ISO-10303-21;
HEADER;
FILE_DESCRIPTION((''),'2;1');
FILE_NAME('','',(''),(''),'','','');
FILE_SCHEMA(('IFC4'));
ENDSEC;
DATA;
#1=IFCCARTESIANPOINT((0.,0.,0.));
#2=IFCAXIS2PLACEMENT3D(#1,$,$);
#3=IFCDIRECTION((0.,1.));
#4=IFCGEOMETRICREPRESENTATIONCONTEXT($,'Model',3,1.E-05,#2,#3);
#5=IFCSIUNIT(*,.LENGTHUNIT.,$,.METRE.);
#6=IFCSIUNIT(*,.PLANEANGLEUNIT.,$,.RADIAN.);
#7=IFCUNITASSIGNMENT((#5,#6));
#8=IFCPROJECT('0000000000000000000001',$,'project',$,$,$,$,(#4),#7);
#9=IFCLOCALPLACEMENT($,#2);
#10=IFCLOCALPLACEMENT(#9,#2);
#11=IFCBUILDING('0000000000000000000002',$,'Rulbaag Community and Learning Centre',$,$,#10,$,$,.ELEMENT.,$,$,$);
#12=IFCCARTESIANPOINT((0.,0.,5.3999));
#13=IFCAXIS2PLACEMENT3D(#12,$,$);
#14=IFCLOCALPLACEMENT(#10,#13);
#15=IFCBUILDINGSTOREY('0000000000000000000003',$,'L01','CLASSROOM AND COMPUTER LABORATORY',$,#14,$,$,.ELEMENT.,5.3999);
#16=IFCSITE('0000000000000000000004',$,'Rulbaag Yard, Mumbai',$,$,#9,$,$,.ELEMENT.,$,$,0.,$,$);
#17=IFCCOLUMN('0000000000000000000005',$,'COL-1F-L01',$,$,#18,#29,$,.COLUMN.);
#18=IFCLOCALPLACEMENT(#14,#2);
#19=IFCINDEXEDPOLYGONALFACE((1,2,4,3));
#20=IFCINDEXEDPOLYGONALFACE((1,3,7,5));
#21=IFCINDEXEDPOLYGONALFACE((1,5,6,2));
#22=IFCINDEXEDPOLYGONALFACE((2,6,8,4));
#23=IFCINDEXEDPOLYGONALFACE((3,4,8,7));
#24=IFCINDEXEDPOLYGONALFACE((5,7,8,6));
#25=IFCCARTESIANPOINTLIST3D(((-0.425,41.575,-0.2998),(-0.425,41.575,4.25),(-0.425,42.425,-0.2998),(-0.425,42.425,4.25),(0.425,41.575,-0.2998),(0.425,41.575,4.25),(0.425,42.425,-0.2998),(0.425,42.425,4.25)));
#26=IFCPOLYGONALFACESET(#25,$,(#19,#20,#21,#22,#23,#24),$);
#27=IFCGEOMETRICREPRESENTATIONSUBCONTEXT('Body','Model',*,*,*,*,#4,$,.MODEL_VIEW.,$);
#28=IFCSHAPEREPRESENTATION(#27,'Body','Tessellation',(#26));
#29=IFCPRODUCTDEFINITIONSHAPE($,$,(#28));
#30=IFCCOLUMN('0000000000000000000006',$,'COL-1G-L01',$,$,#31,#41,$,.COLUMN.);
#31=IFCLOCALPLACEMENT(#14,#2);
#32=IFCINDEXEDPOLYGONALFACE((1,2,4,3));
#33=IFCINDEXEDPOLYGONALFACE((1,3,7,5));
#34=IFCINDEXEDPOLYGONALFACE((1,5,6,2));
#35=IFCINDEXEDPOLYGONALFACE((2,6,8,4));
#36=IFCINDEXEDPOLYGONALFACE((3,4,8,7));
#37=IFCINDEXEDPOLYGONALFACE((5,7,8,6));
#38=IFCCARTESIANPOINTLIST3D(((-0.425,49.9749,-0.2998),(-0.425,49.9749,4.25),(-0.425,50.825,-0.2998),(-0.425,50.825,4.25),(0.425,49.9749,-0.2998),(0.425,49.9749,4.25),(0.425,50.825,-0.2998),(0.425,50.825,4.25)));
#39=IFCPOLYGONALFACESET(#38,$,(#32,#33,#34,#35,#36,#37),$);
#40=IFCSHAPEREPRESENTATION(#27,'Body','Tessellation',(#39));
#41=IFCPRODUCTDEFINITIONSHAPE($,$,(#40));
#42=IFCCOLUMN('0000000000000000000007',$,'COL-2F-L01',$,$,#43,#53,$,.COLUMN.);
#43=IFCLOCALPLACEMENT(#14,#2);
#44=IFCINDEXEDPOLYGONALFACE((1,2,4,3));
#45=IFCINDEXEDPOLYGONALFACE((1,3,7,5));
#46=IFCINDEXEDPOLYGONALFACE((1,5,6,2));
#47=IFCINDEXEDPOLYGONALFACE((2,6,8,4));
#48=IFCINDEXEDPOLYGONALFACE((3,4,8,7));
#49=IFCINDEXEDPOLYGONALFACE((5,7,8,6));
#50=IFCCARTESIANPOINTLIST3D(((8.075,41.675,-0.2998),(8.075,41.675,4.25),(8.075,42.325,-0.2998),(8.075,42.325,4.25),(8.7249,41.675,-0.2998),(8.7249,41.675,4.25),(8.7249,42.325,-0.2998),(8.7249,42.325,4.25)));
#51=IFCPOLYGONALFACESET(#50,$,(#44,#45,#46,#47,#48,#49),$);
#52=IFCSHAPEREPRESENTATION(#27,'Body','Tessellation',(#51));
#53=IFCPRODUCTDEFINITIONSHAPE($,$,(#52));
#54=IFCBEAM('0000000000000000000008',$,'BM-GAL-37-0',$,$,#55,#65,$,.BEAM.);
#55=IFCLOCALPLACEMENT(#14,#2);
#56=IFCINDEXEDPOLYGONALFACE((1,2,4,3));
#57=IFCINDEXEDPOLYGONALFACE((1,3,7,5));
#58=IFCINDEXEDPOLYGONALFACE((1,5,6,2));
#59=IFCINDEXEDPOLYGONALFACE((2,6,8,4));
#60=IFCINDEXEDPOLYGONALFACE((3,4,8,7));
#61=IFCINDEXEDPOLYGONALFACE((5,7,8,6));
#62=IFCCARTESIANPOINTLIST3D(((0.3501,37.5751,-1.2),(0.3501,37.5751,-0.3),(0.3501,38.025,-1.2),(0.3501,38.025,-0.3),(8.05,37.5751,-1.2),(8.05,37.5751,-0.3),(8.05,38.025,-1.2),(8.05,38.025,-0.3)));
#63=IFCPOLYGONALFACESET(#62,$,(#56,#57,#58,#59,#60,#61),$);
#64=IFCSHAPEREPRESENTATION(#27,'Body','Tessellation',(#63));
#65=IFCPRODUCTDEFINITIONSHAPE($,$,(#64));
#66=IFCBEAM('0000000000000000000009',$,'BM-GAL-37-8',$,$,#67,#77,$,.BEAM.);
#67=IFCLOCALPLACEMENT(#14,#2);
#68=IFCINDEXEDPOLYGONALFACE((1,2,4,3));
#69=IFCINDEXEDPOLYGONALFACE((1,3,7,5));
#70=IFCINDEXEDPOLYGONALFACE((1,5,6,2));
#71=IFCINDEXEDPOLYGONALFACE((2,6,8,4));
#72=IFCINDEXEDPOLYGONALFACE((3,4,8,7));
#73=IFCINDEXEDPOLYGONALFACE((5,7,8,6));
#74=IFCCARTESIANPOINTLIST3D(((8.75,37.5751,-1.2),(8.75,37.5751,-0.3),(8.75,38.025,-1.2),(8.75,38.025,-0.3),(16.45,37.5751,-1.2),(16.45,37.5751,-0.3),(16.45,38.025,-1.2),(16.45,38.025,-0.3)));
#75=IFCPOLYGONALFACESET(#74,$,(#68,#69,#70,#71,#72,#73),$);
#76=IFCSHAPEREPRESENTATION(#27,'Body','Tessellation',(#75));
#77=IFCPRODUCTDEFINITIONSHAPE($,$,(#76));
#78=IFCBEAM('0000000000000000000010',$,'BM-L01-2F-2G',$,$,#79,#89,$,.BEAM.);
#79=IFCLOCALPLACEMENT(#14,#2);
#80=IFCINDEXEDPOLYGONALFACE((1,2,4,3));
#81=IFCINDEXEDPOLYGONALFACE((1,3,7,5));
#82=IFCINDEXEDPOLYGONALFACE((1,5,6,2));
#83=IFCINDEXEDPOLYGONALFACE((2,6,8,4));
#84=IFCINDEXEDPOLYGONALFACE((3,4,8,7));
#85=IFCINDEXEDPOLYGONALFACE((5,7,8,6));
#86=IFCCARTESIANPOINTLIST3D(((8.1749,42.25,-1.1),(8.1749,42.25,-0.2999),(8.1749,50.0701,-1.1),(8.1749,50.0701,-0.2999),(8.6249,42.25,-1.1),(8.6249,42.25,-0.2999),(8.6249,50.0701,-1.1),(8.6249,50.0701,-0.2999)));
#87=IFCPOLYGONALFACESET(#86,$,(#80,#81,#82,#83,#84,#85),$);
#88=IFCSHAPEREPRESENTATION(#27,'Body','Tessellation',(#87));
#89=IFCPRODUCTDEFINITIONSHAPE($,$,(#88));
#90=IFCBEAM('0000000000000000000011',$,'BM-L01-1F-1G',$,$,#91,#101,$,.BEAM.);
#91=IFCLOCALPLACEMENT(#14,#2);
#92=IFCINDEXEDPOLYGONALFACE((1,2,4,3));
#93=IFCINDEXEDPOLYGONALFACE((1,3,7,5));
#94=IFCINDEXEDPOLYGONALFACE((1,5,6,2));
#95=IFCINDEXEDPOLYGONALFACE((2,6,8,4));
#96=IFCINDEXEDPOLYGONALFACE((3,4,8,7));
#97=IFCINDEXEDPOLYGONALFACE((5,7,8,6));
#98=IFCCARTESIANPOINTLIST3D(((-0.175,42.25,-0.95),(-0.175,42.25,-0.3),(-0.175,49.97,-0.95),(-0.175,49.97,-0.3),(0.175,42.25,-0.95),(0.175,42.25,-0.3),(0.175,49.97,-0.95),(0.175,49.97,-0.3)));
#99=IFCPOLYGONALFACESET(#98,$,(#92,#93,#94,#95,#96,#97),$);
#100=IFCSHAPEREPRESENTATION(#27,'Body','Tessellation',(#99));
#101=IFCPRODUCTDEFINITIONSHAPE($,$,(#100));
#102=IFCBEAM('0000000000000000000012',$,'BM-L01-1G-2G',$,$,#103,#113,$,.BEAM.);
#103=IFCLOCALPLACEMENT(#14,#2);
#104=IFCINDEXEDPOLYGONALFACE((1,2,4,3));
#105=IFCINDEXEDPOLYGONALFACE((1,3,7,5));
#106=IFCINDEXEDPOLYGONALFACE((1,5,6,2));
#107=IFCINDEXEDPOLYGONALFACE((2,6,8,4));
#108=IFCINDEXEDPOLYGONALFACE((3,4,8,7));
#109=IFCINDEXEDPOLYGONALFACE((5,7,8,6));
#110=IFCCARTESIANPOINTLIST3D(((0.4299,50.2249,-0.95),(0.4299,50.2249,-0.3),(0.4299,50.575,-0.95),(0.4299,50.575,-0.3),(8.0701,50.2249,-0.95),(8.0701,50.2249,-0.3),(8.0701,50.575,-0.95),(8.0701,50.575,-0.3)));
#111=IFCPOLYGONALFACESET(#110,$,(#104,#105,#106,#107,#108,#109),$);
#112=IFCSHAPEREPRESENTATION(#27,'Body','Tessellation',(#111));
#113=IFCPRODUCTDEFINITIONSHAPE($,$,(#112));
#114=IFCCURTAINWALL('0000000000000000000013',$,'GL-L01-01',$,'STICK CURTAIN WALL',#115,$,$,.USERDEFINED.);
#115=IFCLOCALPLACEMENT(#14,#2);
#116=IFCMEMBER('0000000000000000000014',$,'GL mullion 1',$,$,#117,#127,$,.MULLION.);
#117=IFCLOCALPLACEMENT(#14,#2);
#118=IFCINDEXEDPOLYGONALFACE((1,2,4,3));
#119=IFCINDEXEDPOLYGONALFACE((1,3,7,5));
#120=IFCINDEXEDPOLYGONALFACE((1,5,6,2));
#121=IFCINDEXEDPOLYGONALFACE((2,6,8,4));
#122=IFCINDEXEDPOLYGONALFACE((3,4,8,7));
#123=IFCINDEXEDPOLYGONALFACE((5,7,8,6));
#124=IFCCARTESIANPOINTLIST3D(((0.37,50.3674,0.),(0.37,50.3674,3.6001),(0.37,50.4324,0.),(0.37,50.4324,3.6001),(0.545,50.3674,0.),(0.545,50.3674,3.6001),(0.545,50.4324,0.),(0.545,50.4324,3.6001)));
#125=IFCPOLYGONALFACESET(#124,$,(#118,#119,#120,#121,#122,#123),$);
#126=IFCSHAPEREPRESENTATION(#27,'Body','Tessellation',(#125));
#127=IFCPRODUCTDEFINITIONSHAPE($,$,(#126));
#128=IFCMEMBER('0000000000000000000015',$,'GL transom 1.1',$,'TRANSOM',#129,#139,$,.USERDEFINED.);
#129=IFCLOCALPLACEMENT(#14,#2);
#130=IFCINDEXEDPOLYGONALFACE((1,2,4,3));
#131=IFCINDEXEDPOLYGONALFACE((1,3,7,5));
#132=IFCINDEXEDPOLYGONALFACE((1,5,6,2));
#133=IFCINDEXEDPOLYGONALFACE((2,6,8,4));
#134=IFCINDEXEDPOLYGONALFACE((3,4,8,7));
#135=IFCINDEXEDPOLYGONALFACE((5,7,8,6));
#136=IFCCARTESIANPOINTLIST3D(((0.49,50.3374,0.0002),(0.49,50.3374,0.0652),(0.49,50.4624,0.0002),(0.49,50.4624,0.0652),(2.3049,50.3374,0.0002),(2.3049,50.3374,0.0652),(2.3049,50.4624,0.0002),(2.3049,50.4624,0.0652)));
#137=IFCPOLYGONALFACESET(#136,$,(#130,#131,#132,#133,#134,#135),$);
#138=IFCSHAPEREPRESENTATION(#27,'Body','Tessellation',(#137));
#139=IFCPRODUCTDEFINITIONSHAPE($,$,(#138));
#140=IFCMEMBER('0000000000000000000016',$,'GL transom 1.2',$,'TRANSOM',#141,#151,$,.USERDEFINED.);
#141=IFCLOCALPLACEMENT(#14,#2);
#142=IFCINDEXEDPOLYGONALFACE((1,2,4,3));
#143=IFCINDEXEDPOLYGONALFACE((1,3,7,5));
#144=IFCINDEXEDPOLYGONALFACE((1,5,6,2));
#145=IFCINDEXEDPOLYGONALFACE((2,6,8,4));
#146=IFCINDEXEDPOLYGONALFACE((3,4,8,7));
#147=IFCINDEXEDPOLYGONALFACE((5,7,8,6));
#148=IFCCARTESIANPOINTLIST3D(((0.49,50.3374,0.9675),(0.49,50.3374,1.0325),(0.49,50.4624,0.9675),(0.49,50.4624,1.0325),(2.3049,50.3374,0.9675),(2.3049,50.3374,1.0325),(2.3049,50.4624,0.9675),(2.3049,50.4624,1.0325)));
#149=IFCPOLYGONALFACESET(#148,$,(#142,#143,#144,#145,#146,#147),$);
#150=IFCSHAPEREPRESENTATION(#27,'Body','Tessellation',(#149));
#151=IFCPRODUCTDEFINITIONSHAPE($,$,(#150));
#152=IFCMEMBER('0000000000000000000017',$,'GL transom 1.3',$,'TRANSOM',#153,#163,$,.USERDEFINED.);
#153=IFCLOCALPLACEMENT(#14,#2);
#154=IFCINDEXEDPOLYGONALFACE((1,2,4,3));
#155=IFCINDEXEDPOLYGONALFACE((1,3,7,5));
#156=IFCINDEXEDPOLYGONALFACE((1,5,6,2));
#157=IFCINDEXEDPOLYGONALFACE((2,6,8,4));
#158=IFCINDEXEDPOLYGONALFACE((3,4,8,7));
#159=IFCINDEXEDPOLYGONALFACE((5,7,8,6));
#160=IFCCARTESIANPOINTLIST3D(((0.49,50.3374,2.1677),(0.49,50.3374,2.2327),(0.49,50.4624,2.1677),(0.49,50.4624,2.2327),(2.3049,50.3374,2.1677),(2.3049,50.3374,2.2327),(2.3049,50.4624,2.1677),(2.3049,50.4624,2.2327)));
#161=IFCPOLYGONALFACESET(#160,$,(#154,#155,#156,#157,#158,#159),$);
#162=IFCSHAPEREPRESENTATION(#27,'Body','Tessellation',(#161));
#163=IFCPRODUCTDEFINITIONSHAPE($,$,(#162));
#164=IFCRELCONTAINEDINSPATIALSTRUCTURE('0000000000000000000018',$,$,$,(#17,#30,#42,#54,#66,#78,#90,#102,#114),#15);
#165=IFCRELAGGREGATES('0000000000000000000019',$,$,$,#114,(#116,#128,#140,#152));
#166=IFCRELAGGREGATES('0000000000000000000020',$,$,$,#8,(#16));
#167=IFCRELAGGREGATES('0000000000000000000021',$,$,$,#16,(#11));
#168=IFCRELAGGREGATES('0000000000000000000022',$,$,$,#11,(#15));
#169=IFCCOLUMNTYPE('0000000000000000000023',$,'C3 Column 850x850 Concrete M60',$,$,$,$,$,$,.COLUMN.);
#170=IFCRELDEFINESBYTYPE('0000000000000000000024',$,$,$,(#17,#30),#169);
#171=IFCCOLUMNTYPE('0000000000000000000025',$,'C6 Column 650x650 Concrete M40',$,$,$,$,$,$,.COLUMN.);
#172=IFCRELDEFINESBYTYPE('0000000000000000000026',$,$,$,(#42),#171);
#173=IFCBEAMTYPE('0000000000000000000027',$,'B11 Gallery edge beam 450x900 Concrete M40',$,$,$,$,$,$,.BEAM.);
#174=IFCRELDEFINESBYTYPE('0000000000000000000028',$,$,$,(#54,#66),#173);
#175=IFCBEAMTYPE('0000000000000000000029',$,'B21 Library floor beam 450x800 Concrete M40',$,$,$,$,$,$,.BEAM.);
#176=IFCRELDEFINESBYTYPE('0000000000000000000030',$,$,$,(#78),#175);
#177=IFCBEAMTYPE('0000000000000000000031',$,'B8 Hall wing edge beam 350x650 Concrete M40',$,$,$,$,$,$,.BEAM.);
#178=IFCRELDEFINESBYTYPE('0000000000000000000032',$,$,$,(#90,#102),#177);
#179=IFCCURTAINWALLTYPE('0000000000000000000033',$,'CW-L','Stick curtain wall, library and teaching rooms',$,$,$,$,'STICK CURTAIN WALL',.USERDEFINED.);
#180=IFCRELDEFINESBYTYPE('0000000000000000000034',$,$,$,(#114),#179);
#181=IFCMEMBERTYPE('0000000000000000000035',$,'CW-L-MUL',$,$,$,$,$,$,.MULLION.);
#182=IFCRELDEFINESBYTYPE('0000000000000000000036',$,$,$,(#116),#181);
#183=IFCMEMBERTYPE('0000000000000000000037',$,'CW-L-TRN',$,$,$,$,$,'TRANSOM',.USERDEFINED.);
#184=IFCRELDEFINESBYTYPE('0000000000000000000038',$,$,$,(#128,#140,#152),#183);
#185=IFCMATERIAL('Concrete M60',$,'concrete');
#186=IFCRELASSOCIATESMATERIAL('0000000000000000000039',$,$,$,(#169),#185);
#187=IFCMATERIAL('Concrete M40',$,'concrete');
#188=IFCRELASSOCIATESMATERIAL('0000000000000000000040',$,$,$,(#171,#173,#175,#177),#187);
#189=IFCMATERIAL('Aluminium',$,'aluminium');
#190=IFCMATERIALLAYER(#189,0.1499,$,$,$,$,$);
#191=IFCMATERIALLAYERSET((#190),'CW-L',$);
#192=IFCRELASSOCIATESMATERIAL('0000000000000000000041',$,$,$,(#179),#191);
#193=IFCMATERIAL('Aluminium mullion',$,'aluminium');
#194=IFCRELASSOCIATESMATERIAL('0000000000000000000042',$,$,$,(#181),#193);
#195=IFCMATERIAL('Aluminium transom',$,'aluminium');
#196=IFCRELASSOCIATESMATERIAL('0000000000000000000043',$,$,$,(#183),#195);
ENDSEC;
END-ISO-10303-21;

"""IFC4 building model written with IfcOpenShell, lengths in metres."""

from ifc_helpers import new_model, si_unit, direction, frame, origin, origin_2d, place, context, subcontext, project, spatial, rectangle, extrude, material, layer, layer_set, material_profile, profile_set, type_object, element, aggregate, save


model = new_model("IFC4")

# Units and contexts
model_context = context("Model", 3, precision=1e-05, world=origin(), true_north=direction((0.0, 1.0)))
body_context = subcontext(model_context, "Body", "Model", "MODEL_VIEW")
ifc_project = project(units=[si_unit("LENGTHUNIT", "METRE"), si_unit("PLANEANGLEUNIT", "RADIAN")], contexts=[model_context])

# Site, building, storey
site_placement = place(None, origin())
site = spatial("IfcSite", under=ifc_project, at=site_placement, Name="Rulbaag Yard, Mumbai", CompositionType="ELEMENT", RefElevation=0.0)
building_placement = place(site_placement, origin())
building = spatial("IfcBuilding", under=site, at=building_placement, Name="Rulbaag Community and Learning Centre", CompositionType="ELEMENT")
storey_placement = place(building_placement, frame((0.0, 0.0, 5.3999)))
storey = spatial("IfcBuildingStorey", under=building, at=storey_placement, Name="L01", Description="CLASSROOM AND COMPUTER LABORATORY", CompositionType="ELEMENT", Elevation=5.3999)

# Columns
ifc_material_1 = material(Name="Concrete M60", Category="concrete")
ifc_material_profile_1 = material_profile(ifc_material_1, rectangle(XDim=0.8501, YDim=0.8501, at=origin_2d()), Name="RC850x850")
ifc_profile_set_1 = profile_set([ifc_material_profile_1], Name="Concrete M60")
column_type_1 = type_object("IfcColumnType", Name="C3 Column 850x850 Concrete M60", PredefinedType="COLUMN", material=ifc_profile_set_1)
for number, where, z_axis, x_axis, name in (
    (1, (0.0, 42.0, -0.2998), (0.0, 0.0, 1.0), (1.0, 0.0, 0.0), "COL-1F-L01"),
    (2, (0.0, 50.3999, -0.2998), (0.0, 0.0, 1.0), (1.0, 0.0, 0.0), "COL-1G-L01"),
):
    element("IfcColumn", number, at=place(storey_placement, frame(where, z_axis=z_axis, x_axis=x_axis)), inside=storey, type_object=column_type_1, Name=name, PredefinedType="COLUMN", context=body_context, shape_type="SweptSolid", body=[
        extrude(rectangle(XDim=0.8501, YDim=0.8501, at=origin_2d()), origin(), (0.0, 0.0, 1.0), 4.5498),
    ])
ifc_material_2 = material(Name="Concrete M40", Category="concrete")
ifc_material_profile_2 = material_profile(ifc_material_2, rectangle(XDim=0.6499, YDim=0.6499, at=origin_2d()), Name="RC650x650")
ifc_profile_set_2 = profile_set([ifc_material_profile_2], Name="Concrete M40")
column_type_2 = type_object("IfcColumnType", Name="C6 Column 650x650 Concrete M40", PredefinedType="COLUMN", material=ifc_profile_set_2)
column_placement = place(storey_placement, frame((8.3999, 42.0, -0.2998), z_axis=(0.0, 0.0, 1.0), x_axis=(1.0, 0.0, 0.0)))
element("IfcColumn", 3, at=column_placement, inside=storey, type_object=column_type_2, Name="COL-2F-L01", PredefinedType="COLUMN", context=body_context, shape_type="SweptSolid", body=[
    extrude(rectangle(XDim=0.6499, YDim=0.6499, at=origin_2d()), origin(), (0.0, 0.0, 1.0), 4.5498),
])

# Beams
ifc_material_profile_3 = material_profile(ifc_material_2, rectangle(XDim=0.45, YDim=0.8999, at=origin_2d()), Name="RB450x900")
ifc_profile_set_3 = profile_set([ifc_material_profile_3], Name="Concrete M40")
beam_type_1 = type_object("IfcBeamType", Name="B11 Gallery edge beam 450x900 Concrete M40", PredefinedType="BEAM", material=ifc_profile_set_3)
for number, where, z_axis, x_axis, name in (
    (4, (0.3501, 37.8, -0.75), (1.0, 0.0, 0.0), (0.0, 1.0, 0.0), "BM-GAL-37-0"),
    (5, (8.75, 37.8, -0.75), (1.0, 0.0, 0.0), (0.0, 1.0, 0.0), "BM-GAL-37-8"),
):
    element("IfcBeam", number, at=place(storey_placement, frame(where, z_axis=z_axis, x_axis=x_axis)), inside=storey, type_object=beam_type_1, Name=name, PredefinedType="BEAM", context=body_context, shape_type="SweptSolid", body=[
        extrude(rectangle(XDim=0.45, YDim=0.8999, at=origin_2d()), origin(), (0.0, 0.0, 1.0), 7.7),
    ])
ifc_material_profile_4 = material_profile(ifc_material_2, rectangle(XDim=0.45, YDim=0.8, at=origin_2d()), Name="RB450x800")
ifc_profile_set_4 = profile_set([ifc_material_profile_4], Name="Concrete M40")
beam_type_2 = type_object("IfcBeamType", Name="B21 Library floor beam 450x800 Concrete M40", PredefinedType="BEAM", material=ifc_profile_set_4)
beam_1_placement = place(storey_placement, frame((8.3999, 42.25, -0.7), z_axis=(0.0, 1.0, 0.0), x_axis=(-1.0, 0.0, 0.0)))
element("IfcBeam", 6, at=beam_1_placement, inside=storey, type_object=beam_type_2, Name="BM-L01-2F-2G", PredefinedType="BEAM", context=body_context, shape_type="SweptSolid", body=[
    extrude(rectangle(XDim=0.45, YDim=0.8, at=origin_2d()), origin(), (0.0, 0.0, 1.0), 7.8201),
])
ifc_material_profile_5 = material_profile(ifc_material_2, rectangle(XDim=0.3501, YDim=0.6499, at=origin_2d()), Name="RB350x650")
ifc_profile_set_5 = profile_set([ifc_material_profile_5], Name="Concrete M40")
beam_type_3 = type_object("IfcBeamType", Name="B8 Hall wing edge beam 350x650 Concrete M40", PredefinedType="BEAM", material=ifc_profile_set_5)
beam_2_placement = place(storey_placement, frame((0.0, 42.25, -0.625), z_axis=(0.0, 1.0, 0.0), x_axis=(-1.0, 0.0, 0.0)))
element("IfcBeam", 7, at=beam_2_placement, inside=storey, type_object=beam_type_3, Name="BM-L01-1F-1G", PredefinedType="BEAM", context=body_context, shape_type="SweptSolid", body=[
    extrude(rectangle(XDim=0.3501, YDim=0.6499, at=origin_2d()), origin(), (0.0, 0.0, 1.0), 7.72),
])
beam_3_placement = place(storey_placement, frame((0.4299, 50.3999, -0.625), z_axis=(1.0, 0.0, 0.0), x_axis=(0.0, 1.0, 0.0)))
element("IfcBeam", 8, at=beam_3_placement, inside=storey, type_object=beam_type_3, Name="BM-L01-1G-2G", PredefinedType="BEAM", context=body_context, shape_type="SweptSolid", body=[
    extrude(rectangle(XDim=0.3501, YDim=0.6499, at=origin_2d()), origin(), (0.0, 0.0, 1.0), 7.6401),
])

# Curtain wall, members
ifc_material_3 = material(Name="Aluminium", Category="aluminium")
ifc_layer_1 = layer(ifc_material_3, 0.1499)
ifc_layer_set_1 = layer_set([ifc_layer_1], Name="CW-L")
curtain_wall_type = type_object("IfcCurtainWallType", Name="CW-L", Description="Stick curtain wall, library and teaching rooms", ElementType="STICK CURTAIN WALL", PredefinedType="USERDEFINED", material=ifc_layer_set_1)
curtain_wall_placement = place(storey_placement, origin())
curtain_wall = element("IfcCurtainWall", 9, at=curtain_wall_placement, inside=storey, type_object=curtain_wall_type, Name="GL-L01-01", ObjectType="STICK CURTAIN WALL", PredefinedType="USERDEFINED")
ifc_material_4 = material(Name="Aluminium mullion", Category="aluminium")
ifc_material_profile_6 = material_profile(ifc_material_4, rectangle(XDim=0.0649, YDim=0.175, at=origin_2d()), Name="AL 65x175")
ifc_profile_set_6 = profile_set([ifc_material_profile_6], Name="Aluminium mullion")
member_type_1 = type_object("IfcMemberType", Name="CW-L-MUL", PredefinedType="MULLION", material=ifc_profile_set_6)
member_1_placement = place(storey_placement, frame((0.4575, 50.3999, 0.0), z_axis=(0.0, 0.0, 1.0), x_axis=(0.0, 1.0, 0.0)))
member_1 = element("IfcMember", 10, at=member_1_placement, type_object=member_type_1, Name="GL mullion 1", PredefinedType="MULLION", context=body_context, shape_type="SweptSolid", body=[
    extrude(rectangle(XDim=0.0649, YDim=0.175, at=origin_2d()), origin(), (0.0, 0.0, 1.0), 3.6001),
])
ifc_material_5 = material(Name="Aluminium transom", Category="aluminium")
ifc_material_profile_7 = material_profile(ifc_material_5, rectangle(XDim=0.125, YDim=0.0649, at=origin_2d()), Name="AL 65x125 T")
ifc_profile_set_7 = profile_set([ifc_material_profile_7], Name="Aluminium transom")
member_type_2 = type_object("IfcMemberType", Name="CW-L-TRN", ElementType="TRANSOM", PredefinedType="USERDEFINED", material=ifc_profile_set_7)
member_2_placement = place(storey_placement, frame((0.49, 50.3999, 0.0327), z_axis=(1.0, 0.0, 0.0), x_axis=(0.0, 1.0, 0.0)))
member_2 = element("IfcMember", 11, at=member_2_placement, type_object=member_type_2, Name="GL transom 1.1", ObjectType="TRANSOM", PredefinedType="USERDEFINED", context=body_context, shape_type="SweptSolid", body=[
    extrude(rectangle(XDim=0.125, YDim=0.0649, at=origin_2d()), origin(), (0.0, 0.0, 1.0), 1.8149),
])
member_3_placement = place(storey_placement, frame((0.49, 50.3999, 1.0), z_axis=(1.0, 0.0, 0.0), x_axis=(0.0, 1.0, 0.0)))
member_3 = element("IfcMember", 12, at=member_3_placement, type_object=member_type_2, Name="GL transom 1.2", ObjectType="TRANSOM", PredefinedType="USERDEFINED", context=body_context, shape_type="SweptSolid", body=[
    extrude(rectangle(XDim=0.125, YDim=0.0649, at=origin_2d()), origin(), (0.0, 0.0, 1.0), 1.8149),
])
member_4_placement = place(storey_placement, frame((0.49, 50.3999, 2.2002), z_axis=(1.0, 0.0, 0.0), x_axis=(0.0, 1.0, 0.0)))
member_4 = element("IfcMember", 13, at=member_4_placement, type_object=member_type_2, Name="GL transom 1.3", ObjectType="TRANSOM", PredefinedType="USERDEFINED", context=body_context, shape_type="SweptSolid", body=[
    extrude(rectangle(XDim=0.125, YDim=0.0649, at=origin_2d()), origin(), (0.0, 0.0, 1.0), 1.8149),
])
aggregate(curtain_wall, [member_1, member_2, member_3, member_4])

save(model, "model.ifc")
